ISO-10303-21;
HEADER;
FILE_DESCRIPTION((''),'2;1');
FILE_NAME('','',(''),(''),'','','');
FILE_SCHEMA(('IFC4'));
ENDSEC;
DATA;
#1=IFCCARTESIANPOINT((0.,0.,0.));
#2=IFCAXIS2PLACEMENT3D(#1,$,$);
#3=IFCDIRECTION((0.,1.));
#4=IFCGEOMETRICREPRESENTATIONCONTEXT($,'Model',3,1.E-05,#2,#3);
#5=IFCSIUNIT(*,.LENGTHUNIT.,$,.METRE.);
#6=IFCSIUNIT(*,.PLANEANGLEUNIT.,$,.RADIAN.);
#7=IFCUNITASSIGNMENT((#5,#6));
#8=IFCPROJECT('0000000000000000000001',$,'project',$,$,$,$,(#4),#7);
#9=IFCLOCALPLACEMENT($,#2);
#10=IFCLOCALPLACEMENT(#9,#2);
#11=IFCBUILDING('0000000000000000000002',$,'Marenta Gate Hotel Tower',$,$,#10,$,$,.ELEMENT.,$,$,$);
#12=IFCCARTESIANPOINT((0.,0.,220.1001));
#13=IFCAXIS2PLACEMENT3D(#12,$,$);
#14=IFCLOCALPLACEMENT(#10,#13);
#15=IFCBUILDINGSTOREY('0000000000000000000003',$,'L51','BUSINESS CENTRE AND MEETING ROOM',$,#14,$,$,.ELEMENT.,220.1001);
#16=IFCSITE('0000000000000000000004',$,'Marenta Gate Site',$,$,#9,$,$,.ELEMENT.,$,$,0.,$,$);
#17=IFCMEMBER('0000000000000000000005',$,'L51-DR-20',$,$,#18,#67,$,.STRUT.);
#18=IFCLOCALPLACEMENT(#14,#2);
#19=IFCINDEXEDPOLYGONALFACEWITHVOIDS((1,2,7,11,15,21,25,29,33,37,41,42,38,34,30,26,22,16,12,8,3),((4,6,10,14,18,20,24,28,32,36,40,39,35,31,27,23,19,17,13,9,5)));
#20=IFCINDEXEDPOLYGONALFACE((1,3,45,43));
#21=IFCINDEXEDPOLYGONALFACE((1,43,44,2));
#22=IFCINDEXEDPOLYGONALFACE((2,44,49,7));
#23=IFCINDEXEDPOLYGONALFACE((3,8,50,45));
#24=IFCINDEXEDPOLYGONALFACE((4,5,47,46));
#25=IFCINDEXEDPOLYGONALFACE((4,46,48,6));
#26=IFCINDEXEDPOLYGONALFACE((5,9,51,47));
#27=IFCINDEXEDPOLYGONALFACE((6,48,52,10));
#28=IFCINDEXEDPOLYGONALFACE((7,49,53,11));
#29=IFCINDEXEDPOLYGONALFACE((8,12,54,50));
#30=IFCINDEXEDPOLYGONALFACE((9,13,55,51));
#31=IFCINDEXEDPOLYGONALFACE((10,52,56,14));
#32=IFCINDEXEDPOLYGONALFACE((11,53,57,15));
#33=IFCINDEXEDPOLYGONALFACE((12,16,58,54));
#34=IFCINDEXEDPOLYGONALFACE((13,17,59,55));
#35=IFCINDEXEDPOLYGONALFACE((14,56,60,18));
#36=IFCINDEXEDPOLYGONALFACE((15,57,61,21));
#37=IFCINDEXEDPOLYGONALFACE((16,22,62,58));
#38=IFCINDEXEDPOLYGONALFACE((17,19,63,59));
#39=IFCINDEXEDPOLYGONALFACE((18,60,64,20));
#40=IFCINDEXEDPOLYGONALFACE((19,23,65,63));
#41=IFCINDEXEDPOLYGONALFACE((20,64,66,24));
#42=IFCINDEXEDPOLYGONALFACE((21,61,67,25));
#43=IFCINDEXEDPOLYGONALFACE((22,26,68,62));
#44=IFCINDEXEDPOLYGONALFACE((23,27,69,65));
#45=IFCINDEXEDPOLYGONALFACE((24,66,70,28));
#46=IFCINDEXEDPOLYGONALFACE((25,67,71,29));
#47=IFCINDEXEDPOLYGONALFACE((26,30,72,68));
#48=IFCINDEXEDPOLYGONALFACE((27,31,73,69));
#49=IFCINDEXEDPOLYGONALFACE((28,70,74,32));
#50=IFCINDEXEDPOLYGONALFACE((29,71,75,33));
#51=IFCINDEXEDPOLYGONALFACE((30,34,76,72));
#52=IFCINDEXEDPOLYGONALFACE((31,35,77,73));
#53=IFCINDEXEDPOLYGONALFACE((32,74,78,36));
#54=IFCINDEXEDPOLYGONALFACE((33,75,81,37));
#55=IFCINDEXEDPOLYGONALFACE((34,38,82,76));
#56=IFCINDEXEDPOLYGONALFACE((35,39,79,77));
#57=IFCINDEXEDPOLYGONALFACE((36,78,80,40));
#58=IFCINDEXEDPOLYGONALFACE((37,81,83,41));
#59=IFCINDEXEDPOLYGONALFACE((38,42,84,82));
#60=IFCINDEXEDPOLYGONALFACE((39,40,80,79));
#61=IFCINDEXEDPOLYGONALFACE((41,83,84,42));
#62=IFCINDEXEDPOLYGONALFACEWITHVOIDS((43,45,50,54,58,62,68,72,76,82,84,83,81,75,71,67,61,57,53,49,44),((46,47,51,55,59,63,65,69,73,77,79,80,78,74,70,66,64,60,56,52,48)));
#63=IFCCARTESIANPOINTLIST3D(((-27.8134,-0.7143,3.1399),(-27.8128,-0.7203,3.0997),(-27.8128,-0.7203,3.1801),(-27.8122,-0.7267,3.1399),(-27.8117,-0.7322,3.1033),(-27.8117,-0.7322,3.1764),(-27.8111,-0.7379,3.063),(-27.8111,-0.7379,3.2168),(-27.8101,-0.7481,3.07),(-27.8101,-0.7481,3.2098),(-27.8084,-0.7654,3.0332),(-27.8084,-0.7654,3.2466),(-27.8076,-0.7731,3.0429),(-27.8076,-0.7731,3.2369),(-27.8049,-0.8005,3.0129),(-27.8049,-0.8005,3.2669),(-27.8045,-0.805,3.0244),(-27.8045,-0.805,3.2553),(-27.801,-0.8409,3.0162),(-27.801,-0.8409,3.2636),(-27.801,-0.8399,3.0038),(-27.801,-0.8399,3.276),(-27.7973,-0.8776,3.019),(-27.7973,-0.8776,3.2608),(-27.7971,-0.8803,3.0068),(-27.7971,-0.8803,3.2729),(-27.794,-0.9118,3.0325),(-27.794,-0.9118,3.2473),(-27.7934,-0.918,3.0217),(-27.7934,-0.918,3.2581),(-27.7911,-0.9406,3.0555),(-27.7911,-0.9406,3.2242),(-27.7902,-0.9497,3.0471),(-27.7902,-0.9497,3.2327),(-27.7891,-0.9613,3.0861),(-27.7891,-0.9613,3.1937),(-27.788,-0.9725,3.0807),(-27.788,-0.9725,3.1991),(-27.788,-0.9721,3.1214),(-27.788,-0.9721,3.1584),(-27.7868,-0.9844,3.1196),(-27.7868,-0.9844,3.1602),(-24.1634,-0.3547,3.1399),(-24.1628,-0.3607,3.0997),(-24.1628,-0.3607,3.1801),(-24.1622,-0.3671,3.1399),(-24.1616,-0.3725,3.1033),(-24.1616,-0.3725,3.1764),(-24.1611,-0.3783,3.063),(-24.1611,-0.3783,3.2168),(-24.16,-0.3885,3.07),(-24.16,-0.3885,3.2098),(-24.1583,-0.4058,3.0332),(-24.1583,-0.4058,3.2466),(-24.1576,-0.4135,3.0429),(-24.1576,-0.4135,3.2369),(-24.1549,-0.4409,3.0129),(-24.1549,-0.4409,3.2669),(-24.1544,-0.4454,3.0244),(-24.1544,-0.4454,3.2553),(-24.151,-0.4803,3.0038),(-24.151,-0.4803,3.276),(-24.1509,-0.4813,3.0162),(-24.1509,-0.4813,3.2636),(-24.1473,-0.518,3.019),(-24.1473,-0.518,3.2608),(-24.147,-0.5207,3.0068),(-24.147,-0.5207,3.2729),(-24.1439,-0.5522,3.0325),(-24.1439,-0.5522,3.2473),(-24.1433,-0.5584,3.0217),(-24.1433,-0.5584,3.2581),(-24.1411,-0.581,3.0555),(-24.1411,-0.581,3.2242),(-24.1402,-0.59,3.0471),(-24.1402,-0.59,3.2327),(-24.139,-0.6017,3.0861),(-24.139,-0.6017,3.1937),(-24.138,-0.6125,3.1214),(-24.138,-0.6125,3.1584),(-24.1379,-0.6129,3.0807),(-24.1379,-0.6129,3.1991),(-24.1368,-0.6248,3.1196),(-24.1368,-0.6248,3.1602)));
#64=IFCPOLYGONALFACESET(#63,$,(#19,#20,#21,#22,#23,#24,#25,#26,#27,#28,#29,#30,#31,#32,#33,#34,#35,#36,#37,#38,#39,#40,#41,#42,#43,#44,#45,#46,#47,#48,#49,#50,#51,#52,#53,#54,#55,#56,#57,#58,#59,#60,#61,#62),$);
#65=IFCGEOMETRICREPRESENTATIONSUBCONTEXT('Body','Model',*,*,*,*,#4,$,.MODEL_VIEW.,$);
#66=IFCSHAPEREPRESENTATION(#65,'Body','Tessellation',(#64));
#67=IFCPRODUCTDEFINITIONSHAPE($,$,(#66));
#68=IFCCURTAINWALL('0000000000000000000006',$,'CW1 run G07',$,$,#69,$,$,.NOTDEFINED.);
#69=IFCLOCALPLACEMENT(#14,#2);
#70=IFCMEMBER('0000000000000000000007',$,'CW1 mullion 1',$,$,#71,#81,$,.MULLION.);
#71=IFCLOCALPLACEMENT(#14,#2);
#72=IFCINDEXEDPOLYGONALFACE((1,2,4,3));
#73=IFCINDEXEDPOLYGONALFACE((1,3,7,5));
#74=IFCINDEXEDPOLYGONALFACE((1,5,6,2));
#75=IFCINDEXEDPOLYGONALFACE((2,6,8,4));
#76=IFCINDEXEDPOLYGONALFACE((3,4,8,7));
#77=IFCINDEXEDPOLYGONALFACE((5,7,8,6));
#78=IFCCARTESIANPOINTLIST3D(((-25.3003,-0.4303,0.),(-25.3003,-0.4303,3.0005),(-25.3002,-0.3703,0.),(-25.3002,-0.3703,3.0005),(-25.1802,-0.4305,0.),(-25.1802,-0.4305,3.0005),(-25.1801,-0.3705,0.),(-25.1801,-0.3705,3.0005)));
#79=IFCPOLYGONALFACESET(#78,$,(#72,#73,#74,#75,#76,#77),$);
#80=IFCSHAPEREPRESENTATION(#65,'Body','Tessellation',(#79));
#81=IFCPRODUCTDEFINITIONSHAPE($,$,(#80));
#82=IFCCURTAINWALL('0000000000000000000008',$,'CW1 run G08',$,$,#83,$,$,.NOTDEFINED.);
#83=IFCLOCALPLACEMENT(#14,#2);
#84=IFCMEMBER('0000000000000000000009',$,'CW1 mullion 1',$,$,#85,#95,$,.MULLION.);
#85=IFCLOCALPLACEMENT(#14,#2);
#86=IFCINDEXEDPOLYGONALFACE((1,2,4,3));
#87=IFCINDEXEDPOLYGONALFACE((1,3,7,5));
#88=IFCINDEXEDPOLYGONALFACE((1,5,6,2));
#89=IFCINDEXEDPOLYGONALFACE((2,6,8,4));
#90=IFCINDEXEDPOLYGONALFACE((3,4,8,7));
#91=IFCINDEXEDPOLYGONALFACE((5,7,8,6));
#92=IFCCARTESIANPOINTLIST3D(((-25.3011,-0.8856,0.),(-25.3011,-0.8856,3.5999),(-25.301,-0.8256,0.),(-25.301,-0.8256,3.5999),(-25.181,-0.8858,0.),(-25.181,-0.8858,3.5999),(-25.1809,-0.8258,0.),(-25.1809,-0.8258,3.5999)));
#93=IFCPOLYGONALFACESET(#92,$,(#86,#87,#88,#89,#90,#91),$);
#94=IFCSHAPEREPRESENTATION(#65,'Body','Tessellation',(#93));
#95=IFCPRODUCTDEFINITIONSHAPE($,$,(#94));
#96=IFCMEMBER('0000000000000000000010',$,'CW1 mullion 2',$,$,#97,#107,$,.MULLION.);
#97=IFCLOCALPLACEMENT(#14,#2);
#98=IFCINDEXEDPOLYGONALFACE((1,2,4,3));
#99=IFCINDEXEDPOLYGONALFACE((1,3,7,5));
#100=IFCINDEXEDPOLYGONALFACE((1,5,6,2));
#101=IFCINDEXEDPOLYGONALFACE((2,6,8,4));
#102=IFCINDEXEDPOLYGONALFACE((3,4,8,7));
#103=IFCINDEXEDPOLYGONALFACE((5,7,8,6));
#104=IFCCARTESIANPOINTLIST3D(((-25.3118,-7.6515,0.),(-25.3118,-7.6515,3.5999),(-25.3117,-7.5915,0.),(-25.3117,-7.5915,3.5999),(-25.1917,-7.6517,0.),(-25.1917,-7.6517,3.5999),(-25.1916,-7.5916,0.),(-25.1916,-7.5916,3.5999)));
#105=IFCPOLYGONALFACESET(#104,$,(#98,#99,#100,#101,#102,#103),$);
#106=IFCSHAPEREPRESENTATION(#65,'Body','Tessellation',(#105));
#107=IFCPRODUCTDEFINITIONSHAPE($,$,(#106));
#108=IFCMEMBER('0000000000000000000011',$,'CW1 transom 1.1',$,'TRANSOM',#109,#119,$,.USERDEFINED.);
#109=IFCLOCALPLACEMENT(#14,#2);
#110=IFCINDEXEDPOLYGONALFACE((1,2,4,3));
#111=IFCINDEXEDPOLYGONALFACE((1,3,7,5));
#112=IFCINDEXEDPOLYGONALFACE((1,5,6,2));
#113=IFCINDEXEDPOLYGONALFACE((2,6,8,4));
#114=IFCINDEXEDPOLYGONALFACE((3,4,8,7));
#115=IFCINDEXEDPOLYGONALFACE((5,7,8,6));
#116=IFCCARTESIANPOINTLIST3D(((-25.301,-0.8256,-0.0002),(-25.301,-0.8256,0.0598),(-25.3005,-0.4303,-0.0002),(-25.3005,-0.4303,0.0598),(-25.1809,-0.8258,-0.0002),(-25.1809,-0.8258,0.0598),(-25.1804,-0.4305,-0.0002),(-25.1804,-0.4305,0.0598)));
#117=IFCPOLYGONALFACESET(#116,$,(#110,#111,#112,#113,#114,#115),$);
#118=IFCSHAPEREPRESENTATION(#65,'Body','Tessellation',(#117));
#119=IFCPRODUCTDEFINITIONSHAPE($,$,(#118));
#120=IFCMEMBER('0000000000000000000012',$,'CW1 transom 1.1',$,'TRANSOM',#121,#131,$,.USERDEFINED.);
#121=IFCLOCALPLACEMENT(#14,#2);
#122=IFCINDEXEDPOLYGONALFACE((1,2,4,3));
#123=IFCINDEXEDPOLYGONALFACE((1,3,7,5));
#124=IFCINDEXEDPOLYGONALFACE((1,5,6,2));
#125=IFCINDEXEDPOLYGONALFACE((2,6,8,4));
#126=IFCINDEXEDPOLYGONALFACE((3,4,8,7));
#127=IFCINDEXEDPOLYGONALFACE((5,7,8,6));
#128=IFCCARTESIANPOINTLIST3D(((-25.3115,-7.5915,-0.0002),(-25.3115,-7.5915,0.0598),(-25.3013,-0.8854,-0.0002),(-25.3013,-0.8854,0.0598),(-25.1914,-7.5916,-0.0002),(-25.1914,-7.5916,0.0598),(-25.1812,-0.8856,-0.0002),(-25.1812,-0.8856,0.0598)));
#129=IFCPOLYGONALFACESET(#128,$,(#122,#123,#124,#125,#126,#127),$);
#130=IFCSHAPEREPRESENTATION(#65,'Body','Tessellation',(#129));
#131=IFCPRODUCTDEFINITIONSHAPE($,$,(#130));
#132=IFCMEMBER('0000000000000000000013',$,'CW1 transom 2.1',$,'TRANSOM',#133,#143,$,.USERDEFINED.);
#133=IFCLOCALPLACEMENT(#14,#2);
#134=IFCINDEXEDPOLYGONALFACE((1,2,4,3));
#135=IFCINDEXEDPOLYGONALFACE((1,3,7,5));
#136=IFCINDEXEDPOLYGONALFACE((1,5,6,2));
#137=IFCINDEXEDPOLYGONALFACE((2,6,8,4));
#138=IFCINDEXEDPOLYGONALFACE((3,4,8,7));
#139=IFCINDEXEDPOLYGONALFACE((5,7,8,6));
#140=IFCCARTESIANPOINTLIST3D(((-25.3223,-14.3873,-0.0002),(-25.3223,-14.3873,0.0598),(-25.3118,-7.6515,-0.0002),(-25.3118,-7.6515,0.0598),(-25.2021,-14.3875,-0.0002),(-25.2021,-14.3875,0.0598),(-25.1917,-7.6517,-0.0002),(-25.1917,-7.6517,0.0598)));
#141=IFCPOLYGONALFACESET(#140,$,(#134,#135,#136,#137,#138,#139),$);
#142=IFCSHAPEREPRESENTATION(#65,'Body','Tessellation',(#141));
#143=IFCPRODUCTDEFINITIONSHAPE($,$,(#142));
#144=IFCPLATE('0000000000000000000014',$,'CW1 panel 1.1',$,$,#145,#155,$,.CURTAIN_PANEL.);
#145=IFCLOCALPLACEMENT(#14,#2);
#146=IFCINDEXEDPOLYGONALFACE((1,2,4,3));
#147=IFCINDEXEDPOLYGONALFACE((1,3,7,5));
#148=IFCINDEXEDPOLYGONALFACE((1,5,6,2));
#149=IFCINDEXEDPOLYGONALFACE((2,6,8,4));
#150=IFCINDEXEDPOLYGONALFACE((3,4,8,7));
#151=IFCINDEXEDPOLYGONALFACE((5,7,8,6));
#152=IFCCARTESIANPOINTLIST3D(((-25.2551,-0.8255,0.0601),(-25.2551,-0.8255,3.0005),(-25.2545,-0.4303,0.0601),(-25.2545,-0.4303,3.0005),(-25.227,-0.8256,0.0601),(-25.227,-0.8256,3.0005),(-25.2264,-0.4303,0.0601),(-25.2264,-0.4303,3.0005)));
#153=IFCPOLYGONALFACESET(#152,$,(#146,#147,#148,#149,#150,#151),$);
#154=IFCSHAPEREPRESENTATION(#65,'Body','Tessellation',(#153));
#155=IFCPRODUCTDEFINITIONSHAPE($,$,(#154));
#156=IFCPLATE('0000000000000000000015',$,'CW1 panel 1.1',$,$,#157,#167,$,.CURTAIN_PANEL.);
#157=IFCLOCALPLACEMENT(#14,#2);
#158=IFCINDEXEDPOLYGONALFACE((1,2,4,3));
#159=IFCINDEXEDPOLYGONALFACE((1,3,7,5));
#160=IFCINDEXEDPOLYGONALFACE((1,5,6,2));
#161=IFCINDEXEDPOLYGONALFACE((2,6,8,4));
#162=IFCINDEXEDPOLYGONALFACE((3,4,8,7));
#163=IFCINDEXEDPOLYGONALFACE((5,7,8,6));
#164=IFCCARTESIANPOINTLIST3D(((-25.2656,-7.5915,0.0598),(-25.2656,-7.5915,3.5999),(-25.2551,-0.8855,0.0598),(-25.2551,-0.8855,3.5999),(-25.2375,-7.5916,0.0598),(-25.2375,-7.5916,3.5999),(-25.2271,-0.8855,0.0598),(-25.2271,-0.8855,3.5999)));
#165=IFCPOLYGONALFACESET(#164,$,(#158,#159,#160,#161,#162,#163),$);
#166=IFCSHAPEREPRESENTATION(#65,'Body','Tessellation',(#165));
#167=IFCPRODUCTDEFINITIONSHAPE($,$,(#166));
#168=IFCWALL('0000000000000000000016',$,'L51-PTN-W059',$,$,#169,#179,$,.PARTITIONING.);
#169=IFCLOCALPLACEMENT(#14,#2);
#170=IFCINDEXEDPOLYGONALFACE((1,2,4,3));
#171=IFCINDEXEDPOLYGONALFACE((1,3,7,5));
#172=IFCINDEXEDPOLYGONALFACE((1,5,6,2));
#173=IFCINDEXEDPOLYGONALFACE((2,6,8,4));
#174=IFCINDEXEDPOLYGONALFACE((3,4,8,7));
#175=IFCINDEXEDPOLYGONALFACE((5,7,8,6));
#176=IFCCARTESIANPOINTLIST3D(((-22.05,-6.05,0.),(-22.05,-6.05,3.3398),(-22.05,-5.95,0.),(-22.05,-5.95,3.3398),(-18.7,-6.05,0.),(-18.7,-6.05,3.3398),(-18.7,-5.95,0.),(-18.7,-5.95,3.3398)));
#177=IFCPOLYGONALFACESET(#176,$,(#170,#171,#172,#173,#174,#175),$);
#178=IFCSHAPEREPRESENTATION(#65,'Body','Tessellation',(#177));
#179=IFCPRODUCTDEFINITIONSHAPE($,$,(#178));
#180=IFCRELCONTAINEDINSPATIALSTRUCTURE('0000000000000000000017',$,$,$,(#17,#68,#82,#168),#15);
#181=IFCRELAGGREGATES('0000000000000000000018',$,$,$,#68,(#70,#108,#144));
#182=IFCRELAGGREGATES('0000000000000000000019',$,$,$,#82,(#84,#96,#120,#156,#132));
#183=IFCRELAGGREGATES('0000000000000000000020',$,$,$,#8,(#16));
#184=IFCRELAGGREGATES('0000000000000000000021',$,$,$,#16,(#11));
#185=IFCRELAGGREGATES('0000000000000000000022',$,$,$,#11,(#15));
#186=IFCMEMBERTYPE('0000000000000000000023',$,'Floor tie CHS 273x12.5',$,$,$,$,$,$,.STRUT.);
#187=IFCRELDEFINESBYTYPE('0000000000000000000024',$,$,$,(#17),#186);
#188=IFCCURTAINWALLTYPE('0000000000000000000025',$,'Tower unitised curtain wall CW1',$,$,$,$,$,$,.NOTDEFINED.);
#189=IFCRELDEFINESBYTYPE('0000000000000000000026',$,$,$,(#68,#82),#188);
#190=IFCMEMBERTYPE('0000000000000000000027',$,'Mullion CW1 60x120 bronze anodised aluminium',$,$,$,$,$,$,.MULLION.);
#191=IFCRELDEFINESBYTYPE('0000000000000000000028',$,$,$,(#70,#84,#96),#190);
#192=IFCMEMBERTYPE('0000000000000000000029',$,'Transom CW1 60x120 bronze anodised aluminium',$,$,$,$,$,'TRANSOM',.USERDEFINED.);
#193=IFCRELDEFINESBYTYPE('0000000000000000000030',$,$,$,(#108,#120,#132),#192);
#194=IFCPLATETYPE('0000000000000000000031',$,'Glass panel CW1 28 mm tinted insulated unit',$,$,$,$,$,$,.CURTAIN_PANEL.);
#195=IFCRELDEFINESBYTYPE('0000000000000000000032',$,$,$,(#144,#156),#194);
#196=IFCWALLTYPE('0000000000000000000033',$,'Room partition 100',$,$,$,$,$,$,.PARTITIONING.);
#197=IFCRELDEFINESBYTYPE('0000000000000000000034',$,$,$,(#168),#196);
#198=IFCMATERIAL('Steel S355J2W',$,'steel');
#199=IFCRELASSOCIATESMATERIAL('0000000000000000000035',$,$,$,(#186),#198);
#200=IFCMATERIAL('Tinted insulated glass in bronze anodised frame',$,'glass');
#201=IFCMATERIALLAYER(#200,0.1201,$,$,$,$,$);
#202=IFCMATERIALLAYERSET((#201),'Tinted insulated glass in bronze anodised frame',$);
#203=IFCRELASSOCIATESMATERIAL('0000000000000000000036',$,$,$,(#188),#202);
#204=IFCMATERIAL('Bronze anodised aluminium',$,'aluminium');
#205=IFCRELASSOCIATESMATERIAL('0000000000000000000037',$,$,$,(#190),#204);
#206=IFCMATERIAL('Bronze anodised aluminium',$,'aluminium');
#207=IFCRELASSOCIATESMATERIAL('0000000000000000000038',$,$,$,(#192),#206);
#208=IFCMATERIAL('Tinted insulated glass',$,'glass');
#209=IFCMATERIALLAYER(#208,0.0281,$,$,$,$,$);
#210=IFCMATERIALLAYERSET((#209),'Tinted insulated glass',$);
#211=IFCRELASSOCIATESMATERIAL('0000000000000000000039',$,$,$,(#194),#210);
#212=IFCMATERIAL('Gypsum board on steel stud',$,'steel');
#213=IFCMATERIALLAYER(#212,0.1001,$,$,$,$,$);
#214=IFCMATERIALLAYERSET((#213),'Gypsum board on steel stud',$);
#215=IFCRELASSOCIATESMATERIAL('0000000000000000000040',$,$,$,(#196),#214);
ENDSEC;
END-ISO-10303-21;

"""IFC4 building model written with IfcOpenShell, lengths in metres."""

from ifc_helpers import new_model, si_unit, direction, frame, frame_2d, origin, origin_2d, place, context, subcontext, project, spatial, rectangle, hollow_circle, extrude, material, layer, layer_set, material_profile, profile_set, type_object, element, aggregate, save


model = new_model("IFC4")

# Units and contexts
model_context = context("Model", 3, precision=1e-05, world=origin(), true_north=direction((0.0, 1.0)))
body_context = subcontext(model_context, "Body", "Model", "MODEL_VIEW")
ifc_project = project(units=[si_unit("LENGTHUNIT", "METRE"), si_unit("PLANEANGLEUNIT", "RADIAN")], contexts=[model_context])

# Site, building, storey
site_placement = place(None, origin())
site = spatial("IfcSite", under=ifc_project, at=site_placement, Name="Marenta Gate Site", CompositionType="ELEMENT", RefElevation=0.0)
building_placement = place(site_placement, origin())
building = spatial("IfcBuilding", under=site, at=building_placement, Name="Marenta Gate Hotel Tower", CompositionType="ELEMENT")
storey_placement = place(building_placement, frame((0.0, 0.0, 220.1001)))
storey = spatial("IfcBuildingStorey", under=building, at=storey_placement, Name="L51", Description="BUSINESS CENTRE AND MEETING ROOM", CompositionType="ELEMENT", Elevation=220.1001)

# Member
ifc_material_1 = material(Name="Steel S355J2W", Category="steel")
ifc_material_profile_1 = material_profile(ifc_material_1, hollow_circle(Radius=0.1365, WallThickness=0.0125, at=origin_2d()), Name="CHS 273x12.5")
ifc_profile_set_1 = profile_set([ifc_material_profile_1], Name="Steel S355J2W")
member_type_1 = type_object("IfcMemberType", Name="Floor tie CHS 273x12.5", PredefinedType="STRUT", material=ifc_profile_set_1)
member_1_placement = place(storey_placement, frame((-27.8, -0.8501, 3.1399), z_axis=(0.995182, 0.098047, 0.0), x_axis=(-0.098047, 0.995182, 0.0)))
element("IfcMember", 1, at=member_1_placement, inside=storey, type_object=member_type_1, Name="L51-DR-20", PredefinedType="STRUT", context=body_context, shape_type="SweptSolid", body=[
    extrude(hollow_circle(Radius=0.1365, WallThickness=0.0125, at=origin_2d()), origin(), (0.0, 0.0, 1.0), 3.6677),
])

# Curtain wall, member
ifc_material_2 = material(Name="Tinted insulated glass in bronze anodised frame", Category="glass")
ifc_layer_1 = layer(ifc_material_2, 0.1201)
ifc_layer_set_1 = layer_set([ifc_layer_1], Name="Tinted insulated glass in bronze anodised frame")
curtain_wall_type = type_object("IfcCurtainWallType", Name="Tower unitised curtain wall CW1", PredefinedType="NOTDEFINED", material=ifc_layer_set_1)
curtain_wall_1_placement = place(storey_placement, origin())
curtain_wall_1 = element("IfcCurtainWall", 2, at=curtain_wall_1_placement, inside=storey, type_object=curtain_wall_type, Name="CW1 run G07", PredefinedType="NOTDEFINED")
ifc_material_3 = material(Name="Bronze anodised aluminium", Category="aluminium")
ifc_material_profile_2 = material_profile(ifc_material_3, rectangle(XDim=0.1201, YDim=0.0601, at=origin_2d()), Name="Mullion CW1 60x120 bronze anodised aluminium")
ifc_profile_set_2 = profile_set([ifc_material_profile_2], Name="Bronze anodised aluminium")
member_type_2 = type_object("IfcMemberType", Name="Mullion CW1 60x120 bronze anodised aluminium", PredefinedType="MULLION", material=ifc_profile_set_2)
member_2_placement = place(storey_placement, frame((-25.2402, -0.4004, 0.0), z_axis=(0.0, 0.0, 1.0), x_axis=(0.999999, -0.001538, 0.0)))
member_2 = element("IfcMember", 3, at=member_2_placement, type_object=member_type_2, Name="CW1 mullion 1", PredefinedType="MULLION", context=body_context, shape_type="SweptSolid", body=[
    extrude(rectangle(XDim=0.1201, YDim=0.0601, at=origin_2d()), origin(), (0.0, 0.0, 1.0), 3.0005),
])

# Curtain wall, members
curtain_wall_2_placement = place(storey_placement, origin())
curtain_wall_2 = element("IfcCurtainWall", 4, at=curtain_wall_2_placement, inside=storey, type_object=curtain_wall_type, Name="CW1 run G08", PredefinedType="NOTDEFINED")
member_3_placement = place(storey_placement, frame((-25.241, -0.8557, 0.0), z_axis=(0.0, 0.0, 1.0), x_axis=(0.999999, -0.001565, 0.0)))
member_3 = element("IfcMember", 5, at=member_3_placement, type_object=member_type_2, Name="CW1 mullion 1", PredefinedType="MULLION", context=body_context, shape_type="SweptSolid", body=[
    extrude(rectangle(XDim=0.1201, YDim=0.0601, at=origin_2d()), origin(), (0.0, 0.0, 1.0), 3.5999),
])
member_4_placement = place(storey_placement, frame((-25.2517, -7.6216, 0.0), z_axis=(0.0, 0.0, 1.0), x_axis=(0.999999, -0.001565, 0.0)))
member_4 = element("IfcMember", 6, at=member_4_placement, type_object=member_type_2, Name="CW1 mullion 2", PredefinedType="MULLION", context=body_context, shape_type="SweptSolid", body=[
    extrude(rectangle(XDim=0.1201, YDim=0.0601, at=origin_2d()), origin(), (0.0, 0.0, 1.0), 3.5999),
])

# Members
ifc_material_4 = material(Name="Bronze anodised aluminium", Category="aluminium")
ifc_material_profile_3 = material_profile(ifc_material_4, rectangle(XDim=0.1201, YDim=0.0601, at=origin_2d()), Name="Transom CW1 60x120 bronze anodised aluminium")
ifc_profile_set_3 = profile_set([ifc_material_profile_3], Name="Bronze anodised aluminium")
member_type_3 = type_object("IfcMemberType", Name="Transom CW1 60x120 bronze anodised aluminium", ElementType="TRANSOM", PredefinedType="USERDEFINED", material=ifc_profile_set_3)
member_5_placement = place(storey_placement, frame((-25.2405, -0.4304, 0.0298), z_axis=(-0.001235, -0.999999, 0.0), x_axis=(0.999999, -0.001235, 0.0)))
member_5 = element("IfcMember", 7, at=member_5_placement, type_object=member_type_3, Name="CW1 transom 1.1", ObjectType="TRANSOM", PredefinedType="USERDEFINED", context=body_context, shape_type="SweptSolid", body=[
    extrude(rectangle(XDim=0.1201, YDim=0.0601, at=origin_2d()), origin(), (0.0, 0.0, 1.0), 0.3953),
])
member_6_placement = place(storey_placement, frame((-25.2412, -0.8855, 0.0298), z_axis=(-0.001529, -0.999999, 0.0), x_axis=(0.999999, -0.001529, 0.0)))
member_6 = element("IfcMember", 8, at=member_6_placement, type_object=member_type_3, Name="CW1 transom 1.1", ObjectType="TRANSOM", PredefinedType="USERDEFINED", context=body_context, shape_type="SweptSolid", body=[
    extrude(rectangle(XDim=0.1201, YDim=0.0601, at=origin_2d()), origin(), (0.0, 0.0, 1.0), 6.7061),
])
member_7_placement = place(storey_placement, frame((-25.2517, -7.6516, 0.0298), z_axis=(-0.001559, -0.999999, 0.0), x_axis=(0.999999, -0.001559, 0.0)))
member_7 = element("IfcMember", 9, at=member_7_placement, type_object=member_type_3, Name="CW1 transom 2.1", ObjectType="TRANSOM", PredefinedType="USERDEFINED", context=body_context, shape_type="SweptSolid", body=[
    extrude(rectangle(XDim=0.1201, YDim=0.0601, at=origin_2d()), origin(), (0.0, 0.0, 1.0), 6.7358),
])

# Plates
ifc_material_5 = material(Name="Tinted insulated glass", Category="glass")
ifc_layer_2 = layer(ifc_material_5, 0.0281)
ifc_layer_set_2 = layer_set([ifc_layer_2], Name="Tinted insulated glass")
plate_type = type_object("IfcPlateType", Name="Glass panel CW1 28 mm tinted insulated unit", PredefinedType="CURTAIN_PANEL", material=ifc_layer_set_2)
plate_1_placement = place(storey_placement, frame((-25.2407, -0.6279, 0.0601), z_axis=(0.0, 0.0, 1.0), x_axis=(-0.001538, -0.999999, 0.0)))
plate_1 = element("IfcPlate", 10, at=plate_1_placement, type_object=plate_type, Name="CW1 panel 1.1", PredefinedType="CURTAIN_PANEL", context=body_context, shape_type="SweptSolid", body=[
    extrude(rectangle(XDim=0.3953, YDim=0.0281, at=origin_2d()), origin(), (0.0, 0.0, 1.0), 2.9404),
])
aggregate(curtain_wall_1, [member_2, member_5, plate_1])
plate_2_placement = place(storey_placement, frame((-25.2463, -4.2385, 0.0598), z_axis=(0.0, 0.0, 1.0), x_axis=(-0.001565, -0.999999, 0.0)))
plate_2 = element("IfcPlate", 11, at=plate_2_placement, type_object=plate_type, Name="CW1 panel 1.1", PredefinedType="CURTAIN_PANEL", context=body_context, shape_type="SweptSolid", body=[
    extrude(rectangle(XDim=6.7061, YDim=0.0281, at=origin_2d()), origin(), (0.0, 0.0, 1.0), 3.54),
])
aggregate(curtain_wall_2, [member_3, member_4, member_6, plate_2, member_7])

# Wall
ifc_material_6 = material(Name="Gypsum board on steel stud", Category="steel")
ifc_layer_3 = layer(ifc_material_6, 0.1001)
ifc_layer_set_3 = layer_set([ifc_layer_3], Name="Gypsum board on steel stud")
wall_type_1 = type_object("IfcWallType", Name="Room partition 100", PredefinedType="PARTITIONING", material=ifc_layer_set_3)
wall_1_placement = place(storey_placement, frame((-22.05, -6.0, 0.0), z_axis=(0.0, 0.0, 1.0), x_axis=(1.0, 0.0, 0.0)))
element("IfcWall", 12, at=wall_1_placement, inside=storey, type_object=wall_type_1, Name="L51-PTN-W059", PredefinedType="PARTITIONING", context=body_context, shape_type="SweptSolid", body=[
    extrude(rectangle(XDim=3.3501, YDim=0.1001, at=frame_2d((1.675, 0.0))), origin(), (0.0, 0.0, 1.0), 3.3398),
])

save(model, "model.ifc")
